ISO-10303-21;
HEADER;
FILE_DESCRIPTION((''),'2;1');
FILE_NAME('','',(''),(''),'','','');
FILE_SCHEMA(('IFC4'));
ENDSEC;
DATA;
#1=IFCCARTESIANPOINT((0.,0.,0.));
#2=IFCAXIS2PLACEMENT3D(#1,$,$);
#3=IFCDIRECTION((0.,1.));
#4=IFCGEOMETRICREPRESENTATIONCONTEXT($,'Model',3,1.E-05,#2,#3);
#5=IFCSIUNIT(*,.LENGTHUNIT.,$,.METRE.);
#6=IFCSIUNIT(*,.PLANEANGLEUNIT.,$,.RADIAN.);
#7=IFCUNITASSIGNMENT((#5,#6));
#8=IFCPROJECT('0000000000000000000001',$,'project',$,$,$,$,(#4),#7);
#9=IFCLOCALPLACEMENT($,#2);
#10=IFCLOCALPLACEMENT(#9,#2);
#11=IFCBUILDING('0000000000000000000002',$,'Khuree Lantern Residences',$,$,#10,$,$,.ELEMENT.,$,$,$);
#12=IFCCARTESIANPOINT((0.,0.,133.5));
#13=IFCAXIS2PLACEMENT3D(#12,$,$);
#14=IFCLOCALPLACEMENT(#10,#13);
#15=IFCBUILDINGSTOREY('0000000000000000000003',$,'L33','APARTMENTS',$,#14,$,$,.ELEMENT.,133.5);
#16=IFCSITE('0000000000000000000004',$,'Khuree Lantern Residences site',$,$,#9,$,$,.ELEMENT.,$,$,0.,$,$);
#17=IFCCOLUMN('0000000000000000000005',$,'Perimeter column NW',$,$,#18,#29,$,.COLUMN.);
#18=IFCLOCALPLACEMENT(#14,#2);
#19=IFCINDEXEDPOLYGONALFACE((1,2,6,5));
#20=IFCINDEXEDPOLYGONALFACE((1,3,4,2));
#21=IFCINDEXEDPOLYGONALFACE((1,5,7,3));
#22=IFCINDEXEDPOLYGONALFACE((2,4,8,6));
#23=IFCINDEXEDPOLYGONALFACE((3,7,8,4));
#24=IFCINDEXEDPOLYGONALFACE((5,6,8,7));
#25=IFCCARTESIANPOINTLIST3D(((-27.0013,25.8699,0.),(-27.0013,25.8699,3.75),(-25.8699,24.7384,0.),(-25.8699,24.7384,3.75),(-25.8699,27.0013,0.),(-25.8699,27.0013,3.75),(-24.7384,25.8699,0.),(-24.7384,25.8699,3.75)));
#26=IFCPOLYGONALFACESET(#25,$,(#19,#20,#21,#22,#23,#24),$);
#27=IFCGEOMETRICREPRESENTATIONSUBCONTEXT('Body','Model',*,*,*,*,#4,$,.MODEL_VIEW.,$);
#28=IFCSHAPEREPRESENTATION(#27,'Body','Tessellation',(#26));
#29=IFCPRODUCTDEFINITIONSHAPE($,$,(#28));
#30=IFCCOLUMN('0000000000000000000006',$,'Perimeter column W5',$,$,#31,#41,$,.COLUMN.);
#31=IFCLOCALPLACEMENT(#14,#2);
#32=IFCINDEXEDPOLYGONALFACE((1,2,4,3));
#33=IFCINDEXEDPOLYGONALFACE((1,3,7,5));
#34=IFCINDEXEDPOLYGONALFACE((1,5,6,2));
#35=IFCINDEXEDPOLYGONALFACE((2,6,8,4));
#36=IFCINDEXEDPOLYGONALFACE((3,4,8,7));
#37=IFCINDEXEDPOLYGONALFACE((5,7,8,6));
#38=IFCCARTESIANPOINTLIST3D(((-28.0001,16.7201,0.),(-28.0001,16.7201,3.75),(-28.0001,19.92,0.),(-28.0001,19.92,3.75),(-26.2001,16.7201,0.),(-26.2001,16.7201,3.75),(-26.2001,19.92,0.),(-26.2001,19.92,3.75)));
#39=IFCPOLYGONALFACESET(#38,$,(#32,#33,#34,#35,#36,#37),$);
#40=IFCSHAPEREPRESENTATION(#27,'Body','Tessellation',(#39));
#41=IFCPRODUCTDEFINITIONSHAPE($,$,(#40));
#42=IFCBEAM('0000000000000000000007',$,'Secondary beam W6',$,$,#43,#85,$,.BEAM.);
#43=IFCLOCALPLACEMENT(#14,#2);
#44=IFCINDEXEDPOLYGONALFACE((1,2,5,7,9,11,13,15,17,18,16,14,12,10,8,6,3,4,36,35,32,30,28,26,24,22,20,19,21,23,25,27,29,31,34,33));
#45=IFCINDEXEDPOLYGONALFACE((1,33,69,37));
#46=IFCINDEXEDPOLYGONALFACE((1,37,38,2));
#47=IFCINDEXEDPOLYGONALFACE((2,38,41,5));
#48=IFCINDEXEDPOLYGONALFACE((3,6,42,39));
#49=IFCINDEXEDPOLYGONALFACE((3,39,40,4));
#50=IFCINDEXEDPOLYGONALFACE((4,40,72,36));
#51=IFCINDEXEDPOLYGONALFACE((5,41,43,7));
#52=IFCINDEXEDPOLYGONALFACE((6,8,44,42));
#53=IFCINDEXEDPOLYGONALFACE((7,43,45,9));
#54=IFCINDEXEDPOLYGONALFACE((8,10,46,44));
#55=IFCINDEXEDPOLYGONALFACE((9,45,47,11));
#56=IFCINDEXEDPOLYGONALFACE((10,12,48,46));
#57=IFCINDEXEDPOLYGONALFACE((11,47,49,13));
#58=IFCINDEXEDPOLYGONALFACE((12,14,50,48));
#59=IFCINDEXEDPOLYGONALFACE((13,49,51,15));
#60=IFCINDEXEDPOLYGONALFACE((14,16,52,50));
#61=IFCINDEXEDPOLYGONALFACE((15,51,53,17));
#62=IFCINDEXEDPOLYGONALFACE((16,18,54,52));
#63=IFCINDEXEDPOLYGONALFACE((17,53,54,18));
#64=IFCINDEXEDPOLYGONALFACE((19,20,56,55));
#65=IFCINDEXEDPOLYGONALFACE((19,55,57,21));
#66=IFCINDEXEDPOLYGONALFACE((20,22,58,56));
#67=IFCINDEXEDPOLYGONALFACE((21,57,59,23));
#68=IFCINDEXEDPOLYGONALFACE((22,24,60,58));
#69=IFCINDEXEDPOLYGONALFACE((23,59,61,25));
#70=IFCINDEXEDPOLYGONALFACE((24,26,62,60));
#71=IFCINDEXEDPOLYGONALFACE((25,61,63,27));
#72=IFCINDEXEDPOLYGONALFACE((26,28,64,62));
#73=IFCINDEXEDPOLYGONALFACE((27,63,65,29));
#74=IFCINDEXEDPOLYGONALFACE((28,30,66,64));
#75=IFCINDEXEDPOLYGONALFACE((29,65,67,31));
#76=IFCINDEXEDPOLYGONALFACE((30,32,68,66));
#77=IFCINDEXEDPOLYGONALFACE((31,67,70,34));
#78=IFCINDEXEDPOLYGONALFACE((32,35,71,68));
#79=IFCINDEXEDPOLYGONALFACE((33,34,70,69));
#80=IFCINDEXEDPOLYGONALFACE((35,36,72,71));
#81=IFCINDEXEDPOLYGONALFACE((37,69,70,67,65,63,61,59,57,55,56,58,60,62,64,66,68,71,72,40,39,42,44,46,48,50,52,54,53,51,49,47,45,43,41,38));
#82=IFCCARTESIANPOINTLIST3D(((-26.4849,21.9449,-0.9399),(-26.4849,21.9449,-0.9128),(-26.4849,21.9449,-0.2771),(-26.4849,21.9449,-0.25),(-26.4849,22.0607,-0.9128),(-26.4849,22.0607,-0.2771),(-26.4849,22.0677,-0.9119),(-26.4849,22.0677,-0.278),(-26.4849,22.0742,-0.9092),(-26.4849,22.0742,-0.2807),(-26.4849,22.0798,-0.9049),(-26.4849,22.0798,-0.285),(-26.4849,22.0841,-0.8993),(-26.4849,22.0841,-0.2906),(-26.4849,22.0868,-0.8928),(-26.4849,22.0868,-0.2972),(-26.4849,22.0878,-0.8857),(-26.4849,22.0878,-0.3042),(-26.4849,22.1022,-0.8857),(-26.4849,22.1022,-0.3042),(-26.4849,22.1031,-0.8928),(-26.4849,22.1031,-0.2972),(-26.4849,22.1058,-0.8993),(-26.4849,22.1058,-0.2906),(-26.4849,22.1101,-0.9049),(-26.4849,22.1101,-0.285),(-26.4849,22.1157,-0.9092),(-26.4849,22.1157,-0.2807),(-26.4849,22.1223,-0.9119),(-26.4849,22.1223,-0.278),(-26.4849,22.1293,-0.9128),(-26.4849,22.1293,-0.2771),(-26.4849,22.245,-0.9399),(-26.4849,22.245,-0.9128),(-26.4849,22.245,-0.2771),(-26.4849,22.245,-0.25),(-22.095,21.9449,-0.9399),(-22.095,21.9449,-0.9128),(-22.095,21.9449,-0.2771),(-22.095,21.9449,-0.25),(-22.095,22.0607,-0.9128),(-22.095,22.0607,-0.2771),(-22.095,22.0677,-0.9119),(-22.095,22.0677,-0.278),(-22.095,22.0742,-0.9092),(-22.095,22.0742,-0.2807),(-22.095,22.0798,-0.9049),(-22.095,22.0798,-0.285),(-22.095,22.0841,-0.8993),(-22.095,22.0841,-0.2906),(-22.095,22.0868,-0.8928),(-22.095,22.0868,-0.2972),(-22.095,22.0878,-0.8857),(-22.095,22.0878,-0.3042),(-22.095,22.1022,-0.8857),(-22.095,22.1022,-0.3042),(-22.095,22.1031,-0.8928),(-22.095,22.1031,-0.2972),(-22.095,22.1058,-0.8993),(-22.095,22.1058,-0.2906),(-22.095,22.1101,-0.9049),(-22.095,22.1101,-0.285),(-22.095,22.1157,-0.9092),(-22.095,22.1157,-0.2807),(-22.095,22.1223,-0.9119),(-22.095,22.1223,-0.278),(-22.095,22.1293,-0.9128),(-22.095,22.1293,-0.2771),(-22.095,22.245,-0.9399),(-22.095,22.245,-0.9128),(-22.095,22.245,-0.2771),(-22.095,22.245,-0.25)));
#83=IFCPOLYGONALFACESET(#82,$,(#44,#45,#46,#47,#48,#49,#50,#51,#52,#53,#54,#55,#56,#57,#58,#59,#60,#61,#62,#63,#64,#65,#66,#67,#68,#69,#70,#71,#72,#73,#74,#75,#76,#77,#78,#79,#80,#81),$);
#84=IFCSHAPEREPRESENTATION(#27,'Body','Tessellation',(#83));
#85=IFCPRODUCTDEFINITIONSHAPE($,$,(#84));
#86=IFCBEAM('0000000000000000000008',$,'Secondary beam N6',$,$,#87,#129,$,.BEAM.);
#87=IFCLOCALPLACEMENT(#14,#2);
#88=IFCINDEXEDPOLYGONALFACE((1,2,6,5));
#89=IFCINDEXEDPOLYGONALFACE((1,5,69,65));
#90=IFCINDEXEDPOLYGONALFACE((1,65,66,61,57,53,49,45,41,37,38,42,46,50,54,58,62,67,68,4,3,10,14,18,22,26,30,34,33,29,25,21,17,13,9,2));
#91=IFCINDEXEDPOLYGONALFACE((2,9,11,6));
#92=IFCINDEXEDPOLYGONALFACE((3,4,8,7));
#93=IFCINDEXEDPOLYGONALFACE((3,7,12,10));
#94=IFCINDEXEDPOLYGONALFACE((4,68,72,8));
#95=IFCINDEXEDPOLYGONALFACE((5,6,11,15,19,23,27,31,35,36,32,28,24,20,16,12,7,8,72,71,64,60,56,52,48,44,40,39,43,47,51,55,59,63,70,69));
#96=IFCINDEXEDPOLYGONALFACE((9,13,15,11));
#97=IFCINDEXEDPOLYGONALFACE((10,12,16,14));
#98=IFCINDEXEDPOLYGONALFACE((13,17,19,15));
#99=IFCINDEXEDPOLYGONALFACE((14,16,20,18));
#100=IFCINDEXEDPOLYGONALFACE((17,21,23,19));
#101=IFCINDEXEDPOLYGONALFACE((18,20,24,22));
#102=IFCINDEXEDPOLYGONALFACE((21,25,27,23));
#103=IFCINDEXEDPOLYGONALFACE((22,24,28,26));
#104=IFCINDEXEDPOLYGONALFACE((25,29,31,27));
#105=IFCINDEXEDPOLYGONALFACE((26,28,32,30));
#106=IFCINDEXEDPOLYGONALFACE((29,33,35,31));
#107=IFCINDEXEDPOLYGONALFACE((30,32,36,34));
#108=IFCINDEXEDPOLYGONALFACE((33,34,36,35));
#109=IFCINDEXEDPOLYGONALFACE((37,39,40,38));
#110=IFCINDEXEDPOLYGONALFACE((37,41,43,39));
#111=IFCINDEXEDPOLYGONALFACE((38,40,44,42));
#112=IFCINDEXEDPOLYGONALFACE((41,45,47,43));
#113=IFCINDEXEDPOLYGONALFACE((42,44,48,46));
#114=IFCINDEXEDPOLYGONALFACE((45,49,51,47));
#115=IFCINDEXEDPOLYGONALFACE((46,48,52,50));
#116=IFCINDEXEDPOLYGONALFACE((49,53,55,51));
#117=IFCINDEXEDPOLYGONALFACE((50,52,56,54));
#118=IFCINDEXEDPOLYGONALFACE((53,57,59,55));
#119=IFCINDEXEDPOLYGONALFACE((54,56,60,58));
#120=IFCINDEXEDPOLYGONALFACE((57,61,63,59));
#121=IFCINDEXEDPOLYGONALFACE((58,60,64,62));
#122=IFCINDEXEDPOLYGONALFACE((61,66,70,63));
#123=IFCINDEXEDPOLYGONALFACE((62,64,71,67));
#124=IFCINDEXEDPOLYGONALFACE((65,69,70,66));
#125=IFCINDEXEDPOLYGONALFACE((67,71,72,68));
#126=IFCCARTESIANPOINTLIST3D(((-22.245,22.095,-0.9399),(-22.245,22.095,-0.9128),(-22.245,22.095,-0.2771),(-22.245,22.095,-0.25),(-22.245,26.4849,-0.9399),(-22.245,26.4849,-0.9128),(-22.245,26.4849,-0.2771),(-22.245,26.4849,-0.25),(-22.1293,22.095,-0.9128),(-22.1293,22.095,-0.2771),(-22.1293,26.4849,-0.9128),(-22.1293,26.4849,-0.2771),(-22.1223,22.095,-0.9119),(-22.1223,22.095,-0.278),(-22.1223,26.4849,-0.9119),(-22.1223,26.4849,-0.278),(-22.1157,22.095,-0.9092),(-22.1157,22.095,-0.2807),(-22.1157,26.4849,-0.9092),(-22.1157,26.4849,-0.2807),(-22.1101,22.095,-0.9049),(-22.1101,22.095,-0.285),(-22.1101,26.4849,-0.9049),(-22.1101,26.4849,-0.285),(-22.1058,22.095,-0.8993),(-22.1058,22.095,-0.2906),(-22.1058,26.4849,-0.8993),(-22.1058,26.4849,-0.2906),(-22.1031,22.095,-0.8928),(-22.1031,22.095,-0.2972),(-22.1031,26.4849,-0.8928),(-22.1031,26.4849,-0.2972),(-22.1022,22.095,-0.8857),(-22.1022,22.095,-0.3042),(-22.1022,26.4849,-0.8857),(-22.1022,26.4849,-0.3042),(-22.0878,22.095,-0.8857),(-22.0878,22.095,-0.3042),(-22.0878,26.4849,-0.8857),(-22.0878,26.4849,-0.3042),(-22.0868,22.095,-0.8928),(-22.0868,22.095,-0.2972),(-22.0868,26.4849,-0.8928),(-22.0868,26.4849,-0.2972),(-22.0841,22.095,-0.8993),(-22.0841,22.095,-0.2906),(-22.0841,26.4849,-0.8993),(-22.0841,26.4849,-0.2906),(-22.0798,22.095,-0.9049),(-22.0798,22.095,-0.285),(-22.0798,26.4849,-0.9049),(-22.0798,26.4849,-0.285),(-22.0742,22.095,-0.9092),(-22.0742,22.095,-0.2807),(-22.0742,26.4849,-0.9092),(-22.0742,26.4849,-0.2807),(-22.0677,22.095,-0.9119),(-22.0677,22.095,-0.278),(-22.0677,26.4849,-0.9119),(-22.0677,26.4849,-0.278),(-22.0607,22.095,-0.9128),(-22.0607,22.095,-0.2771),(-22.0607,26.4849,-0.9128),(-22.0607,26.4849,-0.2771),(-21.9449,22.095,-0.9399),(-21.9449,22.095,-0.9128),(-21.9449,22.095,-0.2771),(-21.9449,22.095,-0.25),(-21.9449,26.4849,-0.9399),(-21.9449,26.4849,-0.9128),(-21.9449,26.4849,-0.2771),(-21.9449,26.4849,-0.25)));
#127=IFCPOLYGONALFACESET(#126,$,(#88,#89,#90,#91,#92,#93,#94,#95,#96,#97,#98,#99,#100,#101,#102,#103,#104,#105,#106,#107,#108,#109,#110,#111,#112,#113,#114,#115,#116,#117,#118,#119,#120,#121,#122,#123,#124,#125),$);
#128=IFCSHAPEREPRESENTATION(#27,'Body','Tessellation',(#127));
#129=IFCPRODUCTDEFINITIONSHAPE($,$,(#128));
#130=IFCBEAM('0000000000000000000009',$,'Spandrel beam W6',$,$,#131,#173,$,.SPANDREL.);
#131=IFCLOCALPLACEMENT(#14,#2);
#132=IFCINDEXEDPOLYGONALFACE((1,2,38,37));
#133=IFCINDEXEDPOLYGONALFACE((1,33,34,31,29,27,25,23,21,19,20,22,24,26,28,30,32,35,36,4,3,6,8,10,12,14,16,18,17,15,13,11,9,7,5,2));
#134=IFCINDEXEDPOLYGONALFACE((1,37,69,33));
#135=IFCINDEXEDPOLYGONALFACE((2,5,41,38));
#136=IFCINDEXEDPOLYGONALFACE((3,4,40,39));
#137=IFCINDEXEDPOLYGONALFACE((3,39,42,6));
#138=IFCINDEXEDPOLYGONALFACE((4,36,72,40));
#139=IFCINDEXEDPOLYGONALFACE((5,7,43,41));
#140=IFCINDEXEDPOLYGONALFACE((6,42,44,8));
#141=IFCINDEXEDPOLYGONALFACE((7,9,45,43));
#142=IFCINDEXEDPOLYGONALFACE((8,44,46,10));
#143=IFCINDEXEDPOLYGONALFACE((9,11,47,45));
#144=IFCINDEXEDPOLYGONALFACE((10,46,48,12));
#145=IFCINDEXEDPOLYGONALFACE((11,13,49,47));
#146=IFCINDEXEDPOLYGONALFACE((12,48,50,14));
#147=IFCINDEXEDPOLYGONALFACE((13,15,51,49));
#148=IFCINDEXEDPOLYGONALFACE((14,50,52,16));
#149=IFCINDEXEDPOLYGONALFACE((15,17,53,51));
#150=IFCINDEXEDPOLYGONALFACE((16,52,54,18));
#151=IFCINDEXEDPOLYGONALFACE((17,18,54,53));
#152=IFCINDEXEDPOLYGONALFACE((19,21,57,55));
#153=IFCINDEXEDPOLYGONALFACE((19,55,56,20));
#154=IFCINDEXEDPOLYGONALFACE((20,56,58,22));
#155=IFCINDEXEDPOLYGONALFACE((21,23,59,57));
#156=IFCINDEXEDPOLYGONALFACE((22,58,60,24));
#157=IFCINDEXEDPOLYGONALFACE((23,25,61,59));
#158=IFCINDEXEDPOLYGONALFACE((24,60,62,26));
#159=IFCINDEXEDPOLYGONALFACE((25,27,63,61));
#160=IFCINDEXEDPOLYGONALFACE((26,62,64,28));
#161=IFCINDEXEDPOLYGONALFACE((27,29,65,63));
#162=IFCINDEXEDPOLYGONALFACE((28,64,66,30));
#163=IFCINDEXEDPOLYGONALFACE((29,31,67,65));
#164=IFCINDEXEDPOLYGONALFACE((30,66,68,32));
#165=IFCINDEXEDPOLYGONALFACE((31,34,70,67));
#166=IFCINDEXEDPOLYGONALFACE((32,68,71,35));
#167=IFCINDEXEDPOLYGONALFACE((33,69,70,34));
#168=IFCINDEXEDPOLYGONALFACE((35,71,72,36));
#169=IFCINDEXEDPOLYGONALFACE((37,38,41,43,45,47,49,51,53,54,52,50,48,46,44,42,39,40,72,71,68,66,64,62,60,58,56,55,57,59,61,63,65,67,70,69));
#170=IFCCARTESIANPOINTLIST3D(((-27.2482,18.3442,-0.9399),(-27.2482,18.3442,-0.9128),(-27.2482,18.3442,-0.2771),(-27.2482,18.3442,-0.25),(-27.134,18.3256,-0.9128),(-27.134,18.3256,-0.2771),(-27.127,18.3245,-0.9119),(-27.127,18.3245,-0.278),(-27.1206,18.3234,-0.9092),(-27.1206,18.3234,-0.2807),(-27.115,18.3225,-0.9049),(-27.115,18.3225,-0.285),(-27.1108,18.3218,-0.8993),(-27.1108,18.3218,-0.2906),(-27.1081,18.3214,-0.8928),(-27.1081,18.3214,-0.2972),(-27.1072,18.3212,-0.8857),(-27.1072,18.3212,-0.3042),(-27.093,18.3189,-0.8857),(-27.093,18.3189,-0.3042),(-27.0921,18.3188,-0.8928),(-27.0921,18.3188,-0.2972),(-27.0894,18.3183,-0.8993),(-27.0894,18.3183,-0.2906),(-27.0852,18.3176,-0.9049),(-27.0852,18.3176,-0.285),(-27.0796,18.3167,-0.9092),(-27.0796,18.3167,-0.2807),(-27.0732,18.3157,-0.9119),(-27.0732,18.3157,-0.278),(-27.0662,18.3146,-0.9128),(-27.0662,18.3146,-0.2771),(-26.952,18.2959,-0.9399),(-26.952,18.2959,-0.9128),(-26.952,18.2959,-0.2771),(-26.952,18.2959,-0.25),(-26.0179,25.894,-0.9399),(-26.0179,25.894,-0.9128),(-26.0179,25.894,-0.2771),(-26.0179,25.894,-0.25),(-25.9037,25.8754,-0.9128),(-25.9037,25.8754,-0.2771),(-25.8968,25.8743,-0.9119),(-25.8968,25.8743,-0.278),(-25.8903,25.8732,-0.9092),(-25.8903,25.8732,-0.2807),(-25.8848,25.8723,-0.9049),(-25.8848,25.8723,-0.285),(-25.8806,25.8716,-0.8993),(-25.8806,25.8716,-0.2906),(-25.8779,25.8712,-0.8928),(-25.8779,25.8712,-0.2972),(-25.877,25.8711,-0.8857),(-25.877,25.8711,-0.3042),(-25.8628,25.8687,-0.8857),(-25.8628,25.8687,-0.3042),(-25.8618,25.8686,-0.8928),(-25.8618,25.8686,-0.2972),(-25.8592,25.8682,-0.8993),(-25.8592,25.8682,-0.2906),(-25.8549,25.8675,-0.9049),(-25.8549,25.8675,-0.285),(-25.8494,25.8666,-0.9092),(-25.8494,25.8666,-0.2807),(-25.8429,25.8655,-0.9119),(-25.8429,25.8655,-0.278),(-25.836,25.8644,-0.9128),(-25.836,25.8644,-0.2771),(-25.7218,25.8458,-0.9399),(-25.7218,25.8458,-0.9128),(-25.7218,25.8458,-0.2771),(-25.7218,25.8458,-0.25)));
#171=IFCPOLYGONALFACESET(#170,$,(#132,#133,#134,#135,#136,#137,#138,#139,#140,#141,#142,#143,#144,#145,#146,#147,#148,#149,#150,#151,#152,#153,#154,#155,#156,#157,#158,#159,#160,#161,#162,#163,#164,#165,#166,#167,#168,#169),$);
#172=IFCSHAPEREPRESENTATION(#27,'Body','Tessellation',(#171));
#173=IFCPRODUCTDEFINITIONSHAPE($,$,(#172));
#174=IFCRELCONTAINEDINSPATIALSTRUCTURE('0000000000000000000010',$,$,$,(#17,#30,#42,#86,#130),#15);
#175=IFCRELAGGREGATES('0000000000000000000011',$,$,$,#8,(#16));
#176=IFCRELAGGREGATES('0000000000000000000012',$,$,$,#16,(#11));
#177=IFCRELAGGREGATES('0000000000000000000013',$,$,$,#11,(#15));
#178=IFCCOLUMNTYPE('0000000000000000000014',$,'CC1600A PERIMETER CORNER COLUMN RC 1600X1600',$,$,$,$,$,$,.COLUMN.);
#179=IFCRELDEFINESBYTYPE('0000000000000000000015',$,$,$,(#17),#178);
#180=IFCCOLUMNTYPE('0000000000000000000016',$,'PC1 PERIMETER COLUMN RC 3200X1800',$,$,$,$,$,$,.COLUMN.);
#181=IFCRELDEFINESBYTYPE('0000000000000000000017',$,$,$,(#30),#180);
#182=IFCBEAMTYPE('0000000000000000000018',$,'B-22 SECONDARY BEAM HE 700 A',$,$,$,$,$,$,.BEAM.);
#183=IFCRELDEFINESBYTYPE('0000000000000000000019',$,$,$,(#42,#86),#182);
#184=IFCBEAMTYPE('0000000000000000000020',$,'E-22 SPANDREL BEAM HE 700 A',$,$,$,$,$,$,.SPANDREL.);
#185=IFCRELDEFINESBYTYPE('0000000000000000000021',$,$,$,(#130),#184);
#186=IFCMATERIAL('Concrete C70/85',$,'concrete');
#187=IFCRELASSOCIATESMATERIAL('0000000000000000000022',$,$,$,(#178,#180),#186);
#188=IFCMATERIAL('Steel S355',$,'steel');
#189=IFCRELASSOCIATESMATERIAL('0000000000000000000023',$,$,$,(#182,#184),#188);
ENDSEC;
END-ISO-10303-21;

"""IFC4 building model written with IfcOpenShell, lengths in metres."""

from ifc_helpers import new_model, si_unit, direction, frame, origin, origin_2d, place, context, subcontext, project, spatial, rectangle, i_section, extrude, material, material_profile, profile_set, type_object, element, save


model = new_model("IFC4")

# Units and contexts
model_context = context("Model", 3, precision=1e-05, world=origin(), true_north=direction((0.0, 1.0)))
body_context = subcontext(model_context, "Body", "Model", "MODEL_VIEW")
ifc_project = project(units=[si_unit("LENGTHUNIT", "METRE"), si_unit("PLANEANGLEUNIT", "RADIAN")], contexts=[model_context])

# Site, building, storey
site_placement = place(None, origin())
site = spatial("IfcSite", under=ifc_project, at=site_placement, Name="Khuree Lantern Residences site", CompositionType="ELEMENT", RefElevation=0.0)
building_placement = place(site_placement, origin())
building = spatial("IfcBuilding", under=site, at=building_placement, Name="Khuree Lantern Residences", CompositionType="ELEMENT")
storey_placement = place(building_placement, frame((0.0, 0.0, 133.5)))
storey = spatial("IfcBuildingStorey", under=building, at=storey_placement, Name="L33", Description="APARTMENTS", CompositionType="ELEMENT", Elevation=133.5)

# Columns
ifc_material_1 = material(Name="Concrete C70/85", Category="concrete")
ifc_material_profile_1 = material_profile(ifc_material_1, rectangle(XDim=1.6001, YDim=1.6001, at=origin_2d()), Name="RC 1600X1600")
ifc_profile_set_1 = profile_set([ifc_material_profile_1], Name="Concrete C70/85")
column_type_1 = type_object("IfcColumnType", Name="CC1600A PERIMETER CORNER COLUMN RC 1600X1600", PredefinedType="COLUMN", material=ifc_profile_set_1)
column_1_placement = place(storey_placement, frame((-25.8699, 25.8699, 0.0), z_axis=(0.0, 0.0, 1.0), x_axis=(0.707107, 0.707107, 0.0)))
element("IfcColumn", 1, at=column_1_placement, inside=storey, type_object=column_type_1, Name="Perimeter column NW", PredefinedType="COLUMN", context=body_context, shape_type="SweptSolid", body=[
    extrude(rectangle(XDim=1.6001, YDim=1.6001, at=origin_2d()), origin(), (0.0, 0.0, 1.0), 3.75),
])
ifc_material_profile_2 = material_profile(ifc_material_1, rectangle(XDim=3.2, YDim=1.8, at=origin_2d()), Name="RC 3200X1800")
ifc_profile_set_2 = profile_set([ifc_material_profile_2], Name="Concrete C70/85")
column_type_2 = type_object("IfcColumnType", Name="PC1 PERIMETER COLUMN RC 3200X1800", PredefinedType="COLUMN", material=ifc_profile_set_2)
column_2_placement = place(storey_placement, frame((-27.1001, 18.3201, 0.0), z_axis=(0.0, 0.0, 1.0), x_axis=(0.0, 1.0, 0.0)))
element("IfcColumn", 2, at=column_2_placement, inside=storey, type_object=column_type_2, Name="Perimeter column W5", PredefinedType="COLUMN", context=body_context, shape_type="SweptSolid", body=[
    extrude(rectangle(XDim=3.2, YDim=1.8, at=origin_2d()), origin(), (0.0, 0.0, 1.0), 3.75),
])

# Beams
ifc_material_2 = material(Name="Steel S355", Category="steel")
ifc_material_profile_3 = material_profile(ifc_material_2, i_section(OverallWidth=0.3, OverallDepth=0.6899, WebThickness=0.0144, FlangeThickness=0.0271, FilletRadius=0.0271, at=origin_2d()), Name="HE 700 A")
ifc_profile_set_3 = profile_set([ifc_material_profile_3], Name="Steel S355")
beam_type_1 = type_object("IfcBeamType", Name="B-22 SECONDARY BEAM HE 700 A", PredefinedType="BEAM", material=ifc_profile_set_3)
for number, where, z_axis, x_axis, name in (
    (3, (-26.4849, 22.095, -0.595), (1.0, 0.0, 0.0), (0.0, 1.0, 0.0), "Secondary beam W6"),
    (4, (-22.095, 26.4849, -0.595), (0.0, -1.0, 0.0), (1.0, 0.0, 0.0), "Secondary beam N6"),
):
    element("IfcBeam", number, at=place(storey_placement, frame(where, z_axis=z_axis, x_axis=x_axis)), inside=storey, type_object=beam_type_1, Name=name, PredefinedType="BEAM", context=body_context, shape_type="SweptSolid", body=[
        extrude(i_section(OverallWidth=0.3, OverallDepth=0.6899, WebThickness=0.0144, FlangeThickness=0.0271, FilletRadius=0.0271, at=origin_2d()), origin(), (0.0, 0.0, 1.0), 4.3899),
    ])
ifc_material_profile_4 = material_profile(ifc_material_2, i_section(OverallWidth=0.3, OverallDepth=0.6899, WebThickness=0.0144, FlangeThickness=0.0271, FilletRadius=0.0271, at=origin_2d()), Name="HE 700 A")
ifc_profile_set_4 = profile_set([ifc_material_profile_4], Name="Steel S355")
beam_type_2 = type_object("IfcBeamType", Name="E-22 SPANDREL BEAM HE 700 A", PredefinedType="SPANDREL", material=ifc_profile_set_4)
for number, where, z_axis, x_axis, name in (
    (5, (-27.1001, 18.3201, -0.595), (0.160827, 0.986983, 0.0), (-0.986983, 0.160827, 0.0), "Spandrel beam W6"),
):
    element("IfcBeam", number, at=place(storey_placement, frame(where, z_axis=z_axis, x_axis=x_axis)), inside=storey, type_object=beam_type_2, Name=name, PredefinedType="SPANDREL", context=body_context, shape_type="SweptSolid", body=[
        extrude(i_section(OverallWidth=0.3, OverallDepth=0.6899, WebThickness=0.0144, FlangeThickness=0.0271, FilletRadius=0.0271, at=origin_2d()), origin(), (0.0, 0.0, 1.0), 7.6494),
    ])

save(model, "model.ifc")
